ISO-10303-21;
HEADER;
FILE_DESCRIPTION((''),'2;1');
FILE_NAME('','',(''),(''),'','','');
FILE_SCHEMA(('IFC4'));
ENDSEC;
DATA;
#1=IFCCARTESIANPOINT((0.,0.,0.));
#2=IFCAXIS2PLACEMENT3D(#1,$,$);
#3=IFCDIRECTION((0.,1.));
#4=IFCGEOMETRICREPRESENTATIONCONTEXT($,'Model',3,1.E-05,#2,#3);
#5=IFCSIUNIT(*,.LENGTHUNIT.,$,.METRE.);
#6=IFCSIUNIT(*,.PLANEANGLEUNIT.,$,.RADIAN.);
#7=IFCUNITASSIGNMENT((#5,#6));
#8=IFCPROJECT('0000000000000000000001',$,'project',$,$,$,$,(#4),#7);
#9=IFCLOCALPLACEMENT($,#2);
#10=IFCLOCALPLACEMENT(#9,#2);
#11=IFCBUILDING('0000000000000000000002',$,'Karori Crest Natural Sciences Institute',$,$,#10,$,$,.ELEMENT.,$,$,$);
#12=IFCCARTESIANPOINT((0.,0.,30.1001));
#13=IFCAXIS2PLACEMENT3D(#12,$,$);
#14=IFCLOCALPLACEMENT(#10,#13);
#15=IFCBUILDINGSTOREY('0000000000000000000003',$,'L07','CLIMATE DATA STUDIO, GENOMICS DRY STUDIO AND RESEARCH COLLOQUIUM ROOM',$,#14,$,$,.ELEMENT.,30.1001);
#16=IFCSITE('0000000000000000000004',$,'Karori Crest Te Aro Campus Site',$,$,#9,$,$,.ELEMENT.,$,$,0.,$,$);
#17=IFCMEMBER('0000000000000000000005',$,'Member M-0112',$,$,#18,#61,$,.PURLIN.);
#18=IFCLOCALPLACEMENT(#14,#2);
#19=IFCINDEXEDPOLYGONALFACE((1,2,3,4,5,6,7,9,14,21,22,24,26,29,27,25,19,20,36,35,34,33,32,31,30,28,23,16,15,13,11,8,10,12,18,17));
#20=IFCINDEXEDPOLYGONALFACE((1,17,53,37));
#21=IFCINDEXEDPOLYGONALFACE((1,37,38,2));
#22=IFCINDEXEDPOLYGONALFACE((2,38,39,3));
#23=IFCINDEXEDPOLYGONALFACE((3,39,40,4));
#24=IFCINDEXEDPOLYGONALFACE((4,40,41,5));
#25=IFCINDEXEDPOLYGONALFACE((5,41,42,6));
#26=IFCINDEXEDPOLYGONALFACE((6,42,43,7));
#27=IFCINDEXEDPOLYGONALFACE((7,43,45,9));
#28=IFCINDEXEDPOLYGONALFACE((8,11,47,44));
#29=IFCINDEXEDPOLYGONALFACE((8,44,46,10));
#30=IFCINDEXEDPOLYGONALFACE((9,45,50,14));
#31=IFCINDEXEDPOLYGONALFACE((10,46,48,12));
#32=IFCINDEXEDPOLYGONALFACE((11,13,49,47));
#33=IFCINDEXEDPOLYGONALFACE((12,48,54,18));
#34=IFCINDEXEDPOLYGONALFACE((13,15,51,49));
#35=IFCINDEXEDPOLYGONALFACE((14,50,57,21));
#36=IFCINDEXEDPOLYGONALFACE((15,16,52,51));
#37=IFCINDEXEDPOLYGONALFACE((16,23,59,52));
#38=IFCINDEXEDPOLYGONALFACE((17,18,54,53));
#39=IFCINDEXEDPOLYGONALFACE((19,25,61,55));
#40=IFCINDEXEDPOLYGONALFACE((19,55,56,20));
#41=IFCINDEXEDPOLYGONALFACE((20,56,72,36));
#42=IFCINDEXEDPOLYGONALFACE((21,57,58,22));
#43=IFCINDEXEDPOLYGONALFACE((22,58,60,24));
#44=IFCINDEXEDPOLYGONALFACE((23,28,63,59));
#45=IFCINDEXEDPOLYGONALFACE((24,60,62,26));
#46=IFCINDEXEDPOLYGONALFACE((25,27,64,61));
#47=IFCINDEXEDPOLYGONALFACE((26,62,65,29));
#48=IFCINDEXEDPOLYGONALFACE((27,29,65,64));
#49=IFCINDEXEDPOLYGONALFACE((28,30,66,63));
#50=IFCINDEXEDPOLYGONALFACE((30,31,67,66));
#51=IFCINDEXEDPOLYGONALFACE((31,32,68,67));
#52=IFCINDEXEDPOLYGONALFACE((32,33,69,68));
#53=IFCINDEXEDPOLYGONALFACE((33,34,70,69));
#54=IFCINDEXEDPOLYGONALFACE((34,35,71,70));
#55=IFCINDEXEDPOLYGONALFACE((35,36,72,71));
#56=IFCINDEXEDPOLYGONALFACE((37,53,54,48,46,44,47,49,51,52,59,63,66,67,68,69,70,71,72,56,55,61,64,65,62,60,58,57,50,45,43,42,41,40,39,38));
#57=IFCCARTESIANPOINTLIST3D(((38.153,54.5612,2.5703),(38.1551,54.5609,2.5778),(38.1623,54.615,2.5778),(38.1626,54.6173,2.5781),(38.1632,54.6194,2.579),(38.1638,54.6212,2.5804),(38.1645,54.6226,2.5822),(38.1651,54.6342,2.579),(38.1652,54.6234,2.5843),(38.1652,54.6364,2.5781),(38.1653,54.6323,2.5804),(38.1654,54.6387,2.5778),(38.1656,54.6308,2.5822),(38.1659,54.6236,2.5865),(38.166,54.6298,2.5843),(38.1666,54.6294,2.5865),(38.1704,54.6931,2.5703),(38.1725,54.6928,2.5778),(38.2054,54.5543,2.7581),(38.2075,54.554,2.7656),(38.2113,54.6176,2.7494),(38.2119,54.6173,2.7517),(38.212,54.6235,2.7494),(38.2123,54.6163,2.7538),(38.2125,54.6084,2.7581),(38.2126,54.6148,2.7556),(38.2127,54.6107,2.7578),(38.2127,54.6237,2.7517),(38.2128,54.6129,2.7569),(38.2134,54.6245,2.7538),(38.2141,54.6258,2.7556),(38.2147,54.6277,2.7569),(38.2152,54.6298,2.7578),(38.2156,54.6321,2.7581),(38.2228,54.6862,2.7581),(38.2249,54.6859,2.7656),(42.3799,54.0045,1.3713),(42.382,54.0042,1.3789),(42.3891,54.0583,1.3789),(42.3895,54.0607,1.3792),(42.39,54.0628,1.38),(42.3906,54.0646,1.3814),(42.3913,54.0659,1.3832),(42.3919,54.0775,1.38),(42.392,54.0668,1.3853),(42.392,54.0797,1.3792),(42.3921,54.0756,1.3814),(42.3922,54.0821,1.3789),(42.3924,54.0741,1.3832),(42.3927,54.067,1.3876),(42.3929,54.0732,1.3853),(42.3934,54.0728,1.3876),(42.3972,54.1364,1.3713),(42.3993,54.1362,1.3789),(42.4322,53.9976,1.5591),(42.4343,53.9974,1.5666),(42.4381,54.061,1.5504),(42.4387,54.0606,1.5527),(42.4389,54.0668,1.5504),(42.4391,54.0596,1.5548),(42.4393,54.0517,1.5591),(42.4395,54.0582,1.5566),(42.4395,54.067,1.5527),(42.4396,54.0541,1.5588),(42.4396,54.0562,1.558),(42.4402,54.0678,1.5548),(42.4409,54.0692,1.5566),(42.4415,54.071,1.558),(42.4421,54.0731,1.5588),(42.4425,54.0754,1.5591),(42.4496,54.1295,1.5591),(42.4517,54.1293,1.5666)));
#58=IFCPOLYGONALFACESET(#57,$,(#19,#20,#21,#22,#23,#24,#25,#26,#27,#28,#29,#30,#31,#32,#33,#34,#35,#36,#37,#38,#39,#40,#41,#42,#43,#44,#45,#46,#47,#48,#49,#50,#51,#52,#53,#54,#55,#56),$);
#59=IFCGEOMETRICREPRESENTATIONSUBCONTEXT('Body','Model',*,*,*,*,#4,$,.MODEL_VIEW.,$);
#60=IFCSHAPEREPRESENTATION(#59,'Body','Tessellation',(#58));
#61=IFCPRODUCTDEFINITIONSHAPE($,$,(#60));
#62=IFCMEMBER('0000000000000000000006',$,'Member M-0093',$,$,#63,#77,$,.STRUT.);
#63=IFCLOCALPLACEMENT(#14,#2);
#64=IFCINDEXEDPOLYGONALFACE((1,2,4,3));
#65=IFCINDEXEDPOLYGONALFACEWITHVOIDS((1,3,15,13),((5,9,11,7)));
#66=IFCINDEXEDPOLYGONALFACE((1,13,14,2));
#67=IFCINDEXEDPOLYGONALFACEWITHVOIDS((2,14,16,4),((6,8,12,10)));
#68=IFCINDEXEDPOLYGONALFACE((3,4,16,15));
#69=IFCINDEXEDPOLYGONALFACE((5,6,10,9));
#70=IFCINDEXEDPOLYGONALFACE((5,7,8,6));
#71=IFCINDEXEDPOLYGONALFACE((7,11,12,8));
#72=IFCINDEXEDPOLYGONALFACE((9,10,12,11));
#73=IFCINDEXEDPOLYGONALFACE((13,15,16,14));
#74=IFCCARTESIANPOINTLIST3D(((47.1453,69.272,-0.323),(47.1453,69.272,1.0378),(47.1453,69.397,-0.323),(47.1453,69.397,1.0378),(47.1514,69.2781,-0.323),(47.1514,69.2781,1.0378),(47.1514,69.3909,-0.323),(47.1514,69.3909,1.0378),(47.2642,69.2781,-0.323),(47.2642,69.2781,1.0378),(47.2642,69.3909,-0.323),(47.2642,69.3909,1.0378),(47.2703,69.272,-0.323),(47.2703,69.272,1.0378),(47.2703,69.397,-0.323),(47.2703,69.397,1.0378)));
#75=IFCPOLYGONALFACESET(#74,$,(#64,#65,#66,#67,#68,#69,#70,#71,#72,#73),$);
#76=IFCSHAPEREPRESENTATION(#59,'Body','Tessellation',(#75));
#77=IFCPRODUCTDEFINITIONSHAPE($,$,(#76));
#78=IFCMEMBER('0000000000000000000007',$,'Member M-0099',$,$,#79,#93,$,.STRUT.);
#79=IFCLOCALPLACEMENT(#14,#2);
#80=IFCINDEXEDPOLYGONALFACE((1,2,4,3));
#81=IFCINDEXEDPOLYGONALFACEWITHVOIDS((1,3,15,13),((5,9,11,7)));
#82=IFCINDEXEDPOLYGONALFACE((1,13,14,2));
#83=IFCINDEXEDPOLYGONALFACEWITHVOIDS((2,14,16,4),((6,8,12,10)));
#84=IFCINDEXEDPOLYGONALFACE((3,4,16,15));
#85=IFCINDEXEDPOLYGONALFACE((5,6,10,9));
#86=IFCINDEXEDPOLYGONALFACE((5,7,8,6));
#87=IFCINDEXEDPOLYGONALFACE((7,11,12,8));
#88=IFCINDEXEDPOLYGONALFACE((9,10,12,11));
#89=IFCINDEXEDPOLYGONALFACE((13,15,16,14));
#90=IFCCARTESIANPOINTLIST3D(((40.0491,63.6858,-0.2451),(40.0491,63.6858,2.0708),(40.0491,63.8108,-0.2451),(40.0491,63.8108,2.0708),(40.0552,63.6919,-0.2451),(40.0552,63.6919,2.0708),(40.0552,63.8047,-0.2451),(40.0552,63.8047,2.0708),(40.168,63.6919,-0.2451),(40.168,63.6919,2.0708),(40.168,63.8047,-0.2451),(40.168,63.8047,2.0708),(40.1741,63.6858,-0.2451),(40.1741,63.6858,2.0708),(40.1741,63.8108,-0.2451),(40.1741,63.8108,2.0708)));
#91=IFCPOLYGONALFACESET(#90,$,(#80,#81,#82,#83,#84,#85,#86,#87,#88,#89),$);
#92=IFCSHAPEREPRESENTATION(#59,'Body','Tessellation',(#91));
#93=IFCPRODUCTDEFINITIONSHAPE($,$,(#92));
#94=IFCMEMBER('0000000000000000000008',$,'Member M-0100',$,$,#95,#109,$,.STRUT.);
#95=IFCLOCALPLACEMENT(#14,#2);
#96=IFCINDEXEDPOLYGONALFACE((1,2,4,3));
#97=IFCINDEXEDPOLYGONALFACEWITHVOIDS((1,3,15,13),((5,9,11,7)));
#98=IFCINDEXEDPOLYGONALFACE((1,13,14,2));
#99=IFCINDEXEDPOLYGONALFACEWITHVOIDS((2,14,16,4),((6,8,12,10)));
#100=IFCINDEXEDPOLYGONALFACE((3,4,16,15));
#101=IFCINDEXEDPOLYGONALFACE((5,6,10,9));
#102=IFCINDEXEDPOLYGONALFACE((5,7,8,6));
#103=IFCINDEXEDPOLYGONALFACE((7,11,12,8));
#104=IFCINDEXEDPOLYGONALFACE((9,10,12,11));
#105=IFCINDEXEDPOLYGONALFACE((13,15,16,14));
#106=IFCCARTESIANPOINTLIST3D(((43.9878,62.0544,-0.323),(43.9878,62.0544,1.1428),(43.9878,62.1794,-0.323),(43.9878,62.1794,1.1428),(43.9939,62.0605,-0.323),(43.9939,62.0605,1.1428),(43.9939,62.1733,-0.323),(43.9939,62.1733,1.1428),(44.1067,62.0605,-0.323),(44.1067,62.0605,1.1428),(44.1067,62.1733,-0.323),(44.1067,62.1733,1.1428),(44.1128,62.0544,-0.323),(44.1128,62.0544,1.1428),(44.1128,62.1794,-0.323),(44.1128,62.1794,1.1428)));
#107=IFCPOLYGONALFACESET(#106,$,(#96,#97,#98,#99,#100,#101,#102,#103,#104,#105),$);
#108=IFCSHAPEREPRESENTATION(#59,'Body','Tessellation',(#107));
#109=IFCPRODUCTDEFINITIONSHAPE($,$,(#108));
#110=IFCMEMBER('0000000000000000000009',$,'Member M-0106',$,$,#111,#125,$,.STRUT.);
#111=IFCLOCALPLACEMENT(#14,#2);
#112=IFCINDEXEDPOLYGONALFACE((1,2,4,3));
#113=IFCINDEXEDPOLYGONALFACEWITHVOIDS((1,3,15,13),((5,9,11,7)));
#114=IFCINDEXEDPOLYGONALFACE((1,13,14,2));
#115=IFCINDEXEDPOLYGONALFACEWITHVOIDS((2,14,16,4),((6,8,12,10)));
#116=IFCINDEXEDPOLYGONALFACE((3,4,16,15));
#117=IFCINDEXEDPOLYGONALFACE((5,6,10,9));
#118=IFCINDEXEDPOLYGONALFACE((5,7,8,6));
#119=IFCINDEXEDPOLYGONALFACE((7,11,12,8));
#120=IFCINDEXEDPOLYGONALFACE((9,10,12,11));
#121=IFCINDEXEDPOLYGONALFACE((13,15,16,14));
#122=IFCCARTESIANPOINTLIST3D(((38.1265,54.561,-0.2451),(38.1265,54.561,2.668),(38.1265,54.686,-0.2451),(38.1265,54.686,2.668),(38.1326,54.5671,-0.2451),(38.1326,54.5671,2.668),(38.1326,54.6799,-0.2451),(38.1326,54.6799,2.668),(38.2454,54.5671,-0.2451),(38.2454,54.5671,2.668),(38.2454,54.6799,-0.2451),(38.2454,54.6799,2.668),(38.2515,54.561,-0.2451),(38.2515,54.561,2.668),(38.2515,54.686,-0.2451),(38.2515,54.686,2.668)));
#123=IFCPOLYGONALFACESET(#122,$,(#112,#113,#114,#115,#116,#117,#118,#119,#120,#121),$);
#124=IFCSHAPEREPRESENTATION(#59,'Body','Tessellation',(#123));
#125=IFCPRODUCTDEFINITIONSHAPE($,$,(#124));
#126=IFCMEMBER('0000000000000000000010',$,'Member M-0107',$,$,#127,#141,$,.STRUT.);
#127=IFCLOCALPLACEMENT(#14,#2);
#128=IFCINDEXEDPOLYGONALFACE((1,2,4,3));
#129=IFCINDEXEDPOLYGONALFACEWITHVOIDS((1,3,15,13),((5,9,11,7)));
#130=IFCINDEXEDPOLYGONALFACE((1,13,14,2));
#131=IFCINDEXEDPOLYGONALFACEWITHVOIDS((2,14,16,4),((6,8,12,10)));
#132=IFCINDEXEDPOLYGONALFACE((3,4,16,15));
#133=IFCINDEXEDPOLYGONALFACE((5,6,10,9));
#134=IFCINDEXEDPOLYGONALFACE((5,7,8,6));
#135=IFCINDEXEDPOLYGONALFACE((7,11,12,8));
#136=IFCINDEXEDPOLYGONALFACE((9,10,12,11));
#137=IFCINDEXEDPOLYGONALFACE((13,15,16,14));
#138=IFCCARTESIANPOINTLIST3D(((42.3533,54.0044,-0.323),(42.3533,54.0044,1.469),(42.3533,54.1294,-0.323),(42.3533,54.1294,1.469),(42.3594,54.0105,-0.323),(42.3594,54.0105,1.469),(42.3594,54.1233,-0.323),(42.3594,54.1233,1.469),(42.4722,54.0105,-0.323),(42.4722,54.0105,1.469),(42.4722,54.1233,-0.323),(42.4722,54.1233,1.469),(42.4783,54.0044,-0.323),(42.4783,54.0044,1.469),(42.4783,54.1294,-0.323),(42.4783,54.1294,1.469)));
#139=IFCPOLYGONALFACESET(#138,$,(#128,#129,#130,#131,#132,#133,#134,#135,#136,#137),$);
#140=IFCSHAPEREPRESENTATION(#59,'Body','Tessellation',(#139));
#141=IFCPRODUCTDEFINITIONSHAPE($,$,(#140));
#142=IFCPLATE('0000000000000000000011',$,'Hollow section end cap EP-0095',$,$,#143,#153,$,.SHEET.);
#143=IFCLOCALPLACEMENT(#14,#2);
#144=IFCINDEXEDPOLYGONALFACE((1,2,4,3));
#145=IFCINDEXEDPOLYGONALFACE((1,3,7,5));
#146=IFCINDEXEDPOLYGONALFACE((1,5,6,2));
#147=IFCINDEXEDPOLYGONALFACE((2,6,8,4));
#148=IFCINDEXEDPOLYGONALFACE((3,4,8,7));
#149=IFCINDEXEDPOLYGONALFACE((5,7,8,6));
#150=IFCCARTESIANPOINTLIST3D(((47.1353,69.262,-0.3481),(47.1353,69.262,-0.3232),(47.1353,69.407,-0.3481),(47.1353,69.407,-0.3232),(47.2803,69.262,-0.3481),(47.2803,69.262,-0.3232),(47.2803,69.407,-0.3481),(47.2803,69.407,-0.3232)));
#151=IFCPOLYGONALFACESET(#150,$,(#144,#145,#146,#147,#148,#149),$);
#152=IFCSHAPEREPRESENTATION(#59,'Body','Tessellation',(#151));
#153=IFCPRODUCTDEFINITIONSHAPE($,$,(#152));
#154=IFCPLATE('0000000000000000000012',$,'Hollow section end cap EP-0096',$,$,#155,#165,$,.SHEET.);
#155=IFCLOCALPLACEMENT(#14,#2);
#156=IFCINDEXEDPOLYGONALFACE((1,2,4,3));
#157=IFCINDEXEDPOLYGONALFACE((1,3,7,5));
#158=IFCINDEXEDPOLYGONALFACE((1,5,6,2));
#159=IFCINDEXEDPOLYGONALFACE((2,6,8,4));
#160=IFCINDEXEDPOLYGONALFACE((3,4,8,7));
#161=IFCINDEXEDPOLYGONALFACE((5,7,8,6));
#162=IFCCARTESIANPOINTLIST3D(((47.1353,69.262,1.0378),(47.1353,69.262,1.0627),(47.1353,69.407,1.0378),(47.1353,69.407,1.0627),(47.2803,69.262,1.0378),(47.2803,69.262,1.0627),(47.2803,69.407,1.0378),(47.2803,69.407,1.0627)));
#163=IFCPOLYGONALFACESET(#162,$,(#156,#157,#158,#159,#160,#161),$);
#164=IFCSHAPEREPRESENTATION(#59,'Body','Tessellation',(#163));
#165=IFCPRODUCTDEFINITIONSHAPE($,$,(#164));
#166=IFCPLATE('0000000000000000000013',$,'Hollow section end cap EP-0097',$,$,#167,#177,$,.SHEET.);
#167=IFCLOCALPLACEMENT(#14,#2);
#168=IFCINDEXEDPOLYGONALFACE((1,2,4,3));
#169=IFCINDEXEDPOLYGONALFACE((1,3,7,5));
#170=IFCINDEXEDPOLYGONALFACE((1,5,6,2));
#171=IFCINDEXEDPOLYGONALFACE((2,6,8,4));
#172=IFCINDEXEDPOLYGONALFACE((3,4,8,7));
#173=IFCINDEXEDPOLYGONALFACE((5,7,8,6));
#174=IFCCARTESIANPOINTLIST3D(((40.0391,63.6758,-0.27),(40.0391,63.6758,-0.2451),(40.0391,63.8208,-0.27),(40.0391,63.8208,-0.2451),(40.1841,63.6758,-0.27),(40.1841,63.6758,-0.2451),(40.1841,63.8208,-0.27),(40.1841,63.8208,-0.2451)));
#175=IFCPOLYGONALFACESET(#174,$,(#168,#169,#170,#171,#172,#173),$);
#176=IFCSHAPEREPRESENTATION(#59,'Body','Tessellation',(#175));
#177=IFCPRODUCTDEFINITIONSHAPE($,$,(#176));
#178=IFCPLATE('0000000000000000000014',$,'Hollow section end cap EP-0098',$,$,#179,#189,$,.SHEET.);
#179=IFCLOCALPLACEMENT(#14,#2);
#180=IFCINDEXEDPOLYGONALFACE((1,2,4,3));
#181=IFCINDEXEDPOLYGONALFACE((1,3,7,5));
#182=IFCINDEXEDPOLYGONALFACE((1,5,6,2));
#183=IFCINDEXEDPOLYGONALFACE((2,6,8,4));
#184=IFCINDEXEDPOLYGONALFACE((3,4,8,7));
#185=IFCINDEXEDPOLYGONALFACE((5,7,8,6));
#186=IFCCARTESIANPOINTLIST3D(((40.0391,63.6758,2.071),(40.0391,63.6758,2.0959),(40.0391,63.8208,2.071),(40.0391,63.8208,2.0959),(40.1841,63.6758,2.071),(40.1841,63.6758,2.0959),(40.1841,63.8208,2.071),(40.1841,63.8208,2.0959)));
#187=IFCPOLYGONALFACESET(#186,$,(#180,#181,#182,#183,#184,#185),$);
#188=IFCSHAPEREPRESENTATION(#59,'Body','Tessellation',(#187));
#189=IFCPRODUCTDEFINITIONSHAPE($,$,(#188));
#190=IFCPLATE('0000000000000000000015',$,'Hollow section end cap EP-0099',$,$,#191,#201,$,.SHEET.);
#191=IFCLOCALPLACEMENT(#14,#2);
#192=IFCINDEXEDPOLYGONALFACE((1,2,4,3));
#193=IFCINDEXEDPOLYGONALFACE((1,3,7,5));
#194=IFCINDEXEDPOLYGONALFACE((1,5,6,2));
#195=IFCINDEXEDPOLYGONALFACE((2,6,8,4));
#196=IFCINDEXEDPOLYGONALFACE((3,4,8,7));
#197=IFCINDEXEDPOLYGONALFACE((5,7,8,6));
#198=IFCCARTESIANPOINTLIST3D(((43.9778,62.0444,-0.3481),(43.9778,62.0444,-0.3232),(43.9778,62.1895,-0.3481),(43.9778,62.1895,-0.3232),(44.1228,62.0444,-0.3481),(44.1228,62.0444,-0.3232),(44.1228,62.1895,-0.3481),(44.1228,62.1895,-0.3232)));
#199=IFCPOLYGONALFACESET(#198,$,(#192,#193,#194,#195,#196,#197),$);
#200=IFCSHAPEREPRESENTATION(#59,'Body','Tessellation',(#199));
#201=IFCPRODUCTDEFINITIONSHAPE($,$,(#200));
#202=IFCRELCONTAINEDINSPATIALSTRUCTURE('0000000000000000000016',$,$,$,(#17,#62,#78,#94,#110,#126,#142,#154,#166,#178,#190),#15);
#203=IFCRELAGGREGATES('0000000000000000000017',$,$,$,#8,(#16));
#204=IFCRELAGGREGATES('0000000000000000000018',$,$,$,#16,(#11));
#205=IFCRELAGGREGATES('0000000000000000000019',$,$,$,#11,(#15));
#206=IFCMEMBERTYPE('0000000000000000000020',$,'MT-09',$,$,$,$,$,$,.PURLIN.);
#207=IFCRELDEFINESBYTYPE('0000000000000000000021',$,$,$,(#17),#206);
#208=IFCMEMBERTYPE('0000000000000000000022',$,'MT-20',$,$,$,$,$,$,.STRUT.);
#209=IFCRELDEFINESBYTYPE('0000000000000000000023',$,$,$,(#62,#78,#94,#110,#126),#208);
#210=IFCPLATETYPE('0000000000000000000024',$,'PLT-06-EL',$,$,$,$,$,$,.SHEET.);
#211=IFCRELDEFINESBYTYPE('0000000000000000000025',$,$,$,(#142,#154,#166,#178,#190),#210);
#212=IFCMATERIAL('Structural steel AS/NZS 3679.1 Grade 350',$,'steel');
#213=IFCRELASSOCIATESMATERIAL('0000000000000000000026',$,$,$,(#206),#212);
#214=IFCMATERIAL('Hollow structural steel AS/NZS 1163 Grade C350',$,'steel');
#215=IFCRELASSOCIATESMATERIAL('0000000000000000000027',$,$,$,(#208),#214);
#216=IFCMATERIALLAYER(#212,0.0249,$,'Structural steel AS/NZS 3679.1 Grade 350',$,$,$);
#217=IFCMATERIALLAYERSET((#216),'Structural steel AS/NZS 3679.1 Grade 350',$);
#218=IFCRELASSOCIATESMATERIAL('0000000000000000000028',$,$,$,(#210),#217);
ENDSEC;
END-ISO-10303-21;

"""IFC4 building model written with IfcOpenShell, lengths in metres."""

from ifc_helpers import new_model, si_unit, direction, frame, origin, origin_2d, place, context, subcontext, project, spatial, rectangle, hollow_rectangle, i_section, extrude, material, layer, layer_set, material_profile, profile_set, type_object, element, save


model = new_model("IFC4")

# Units and contexts
model_context = context("Model", 3, precision=1e-05, world=origin(), true_north=direction((0.0, 1.0)))
body_context = subcontext(model_context, "Body", "Model", "MODEL_VIEW")
ifc_project = project(units=[si_unit("LENGTHUNIT", "METRE"), si_unit("PLANEANGLEUNIT", "RADIAN")], contexts=[model_context])

# Site, building, storey
site_placement = place(None, origin())
site = spatial("IfcSite", under=ifc_project, at=site_placement, Name="Karori Crest Te Aro Campus Site", CompositionType="ELEMENT", RefElevation=0.0)
building_placement = place(site_placement, origin())
building = spatial("IfcBuilding", under=site, at=building_placement, Name="Karori Crest Natural Sciences Institute", CompositionType="ELEMENT")
storey_placement = place(building_placement, frame((0.0, 0.0, 30.1001)))
storey = spatial("IfcBuildingStorey", under=building, at=storey_placement, Name="L07", Description="CLIMATE DATA STUDIO, GENOMICS DRY STUDIO AND RESEARCH COLLOQUIUM ROOM", CompositionType="ELEMENT", Elevation=30.1001)

# Members
ifc_material_1 = material(Name="Structural steel AS/NZS 3679.1 Grade 350", Category="steel")
ifc_material_profile_1 = material_profile(ifc_material_1, i_section(OverallWidth=0.1331, OverallDepth=0.2029, WebThickness=0.0059, FlangeThickness=0.0078, FilletRadius=0.009, at=origin_2d()), Name="200UB25.4")
ifc_profile_set_1 = profile_set([ifc_material_profile_1], Name="Structural steel AS/NZS 3679.1 Grade 350")
member_type_1 = type_object("IfcMemberType", Name="MT-09", PredefinedType="PURLIN", material=ifc_profile_set_1)
member_1_placement = place(storey_placement, frame((42.4158, 54.0669, 1.469), z_axis=(-0.954415, 0.12569, 0.270729), x_axis=(-0.130566, -0.99144, 0.0)))
element("IfcMember", 1, at=member_1_placement, inside=storey, type_object=member_type_1, Name="Member M-0112", PredefinedType="PURLIN", context=body_context, shape_type="SweptSolid", body=[
    extrude(i_section(OverallWidth=0.1331, OverallDepth=0.2029, WebThickness=0.0059, FlangeThickness=0.0078, FilletRadius=0.009, at=origin_2d()), origin(), (0.0, 0.0, 1.0), 4.4287),
])
ifc_material_2 = material(Name="Hollow structural steel AS/NZS 1163 Grade C350", Category="steel")
ifc_material_profile_2 = material_profile(ifc_material_2, hollow_rectangle(XDim=0.125, YDim=0.125, WallThickness=0.0061, at=origin_2d()), Name="SHS125x125x6")
ifc_profile_set_2 = profile_set([ifc_material_profile_2], Name="Hollow structural steel AS/NZS 1163 Grade C350")
member_type_2 = type_object("IfcMemberType", Name="MT-20", PredefinedType="STRUT", material=ifc_profile_set_2)
member_2_placement = place(storey_placement, frame((47.2078, 69.3345, -0.323), z_axis=(0.0, 0.0, 1.0), x_axis=(1.0, 0.0, 0.0)))
element("IfcMember", 2, at=member_2_placement, inside=storey, type_object=member_type_2, Name="Member M-0093", PredefinedType="STRUT", context=body_context, shape_type="SweptSolid", body=[
    extrude(hollow_rectangle(XDim=0.125, YDim=0.125, WallThickness=0.0061, at=origin_2d()), origin(), (0.0, 0.0, 1.0), 1.3608),
])
member_3_placement = place(storey_placement, frame((40.1116, 63.7483, -0.2451), z_axis=(0.0, 0.0, 1.0), x_axis=(1.0, 0.0, 0.0)))
element("IfcMember", 3, at=member_3_placement, inside=storey, type_object=member_type_2, Name="Member M-0099", PredefinedType="STRUT", context=body_context, shape_type="SweptSolid", body=[
    extrude(hollow_rectangle(XDim=0.125, YDim=0.125, WallThickness=0.0061, at=origin_2d()), origin(), (0.0, 0.0, 1.0), 2.3159),
])
member_4_placement = place(storey_placement, frame((44.0503, 62.1169, -0.323), z_axis=(0.0, 0.0, 1.0), x_axis=(1.0, 0.0, 0.0)))
element("IfcMember", 4, at=member_4_placement, inside=storey, type_object=member_type_2, Name="Member M-0100", PredefinedType="STRUT", context=body_context, shape_type="SweptSolid", body=[
    extrude(hollow_rectangle(XDim=0.125, YDim=0.125, WallThickness=0.0061, at=origin_2d()), origin(), (0.0, 0.0, 1.0), 1.4658),
])
member_5_placement = place(storey_placement, frame((38.189, 54.6235, -0.2451), z_axis=(0.0, 0.0, 1.0), x_axis=(1.0, 0.0, 0.0)))
element("IfcMember", 5, at=member_5_placement, inside=storey, type_object=member_type_2, Name="Member M-0106", PredefinedType="STRUT", context=body_context, shape_type="SweptSolid", body=[
    extrude(hollow_rectangle(XDim=0.125, YDim=0.125, WallThickness=0.0061, at=origin_2d()), origin(), (0.0, 0.0, 1.0), 2.9131),
])
member_6_placement = place(storey_placement, frame((42.4158, 54.0669, -0.323), z_axis=(0.0, 0.0, 1.0), x_axis=(1.0, 0.0, 0.0)))
element("IfcMember", 6, at=member_6_placement, inside=storey, type_object=member_type_2, Name="Member M-0107", PredefinedType="STRUT", context=body_context, shape_type="SweptSolid", body=[
    extrude(hollow_rectangle(XDim=0.125, YDim=0.125, WallThickness=0.0061, at=origin_2d()), origin(), (0.0, 0.0, 1.0), 1.792),
])

# Plates
ifc_layer_1 = layer(ifc_material_1, 0.0249, Name="Structural steel AS/NZS 3679.1 Grade 350")
ifc_layer_set_1 = layer_set([ifc_layer_1], Name="Structural steel AS/NZS 3679.1 Grade 350")
plate_type = type_object("IfcPlateType", Name="PLT-06-EL", PredefinedType="SHEET", material=ifc_layer_set_1)
for number, where, z_axis, x_axis, name in (
    (7, (47.2078, 69.3345, -0.3481), (0.0, 0.0, 1.0), (1.0, 0.0, 0.0), "Hollow section end cap EP-0095"),
    (8, (47.2078, 69.3345, 1.0378), (0.0, 0.0, 1.0), (1.0, 0.0, 0.0), "Hollow section end cap EP-0096"),
    (9, (40.1116, 63.7483, -0.27), (0.0, 0.0, 1.0), (1.0, 0.0, 0.0), "Hollow section end cap EP-0097"),
    (10, (40.1116, 63.7483, 2.071), (0.0, 0.0, 1.0), (1.0, 0.0, 0.0), "Hollow section end cap EP-0098"),
    (11, (44.0503, 62.1169, -0.3481), (0.0, 0.0, 1.0), (1.0, 0.0, 0.0), "Hollow section end cap EP-0099"),
):
    element("IfcPlate", number, at=place(storey_placement, frame(where, z_axis=z_axis, x_axis=x_axis)), inside=storey, type_object=plate_type, Name=name, PredefinedType="SHEET", context=body_context, shape_type="SweptSolid", body=[
        extrude(rectangle(XDim=0.145, YDim=0.145, at=origin_2d()), origin(), (0.0, 0.0, 1.0), 0.0249),
    ])

save(model, "model.ifc")
